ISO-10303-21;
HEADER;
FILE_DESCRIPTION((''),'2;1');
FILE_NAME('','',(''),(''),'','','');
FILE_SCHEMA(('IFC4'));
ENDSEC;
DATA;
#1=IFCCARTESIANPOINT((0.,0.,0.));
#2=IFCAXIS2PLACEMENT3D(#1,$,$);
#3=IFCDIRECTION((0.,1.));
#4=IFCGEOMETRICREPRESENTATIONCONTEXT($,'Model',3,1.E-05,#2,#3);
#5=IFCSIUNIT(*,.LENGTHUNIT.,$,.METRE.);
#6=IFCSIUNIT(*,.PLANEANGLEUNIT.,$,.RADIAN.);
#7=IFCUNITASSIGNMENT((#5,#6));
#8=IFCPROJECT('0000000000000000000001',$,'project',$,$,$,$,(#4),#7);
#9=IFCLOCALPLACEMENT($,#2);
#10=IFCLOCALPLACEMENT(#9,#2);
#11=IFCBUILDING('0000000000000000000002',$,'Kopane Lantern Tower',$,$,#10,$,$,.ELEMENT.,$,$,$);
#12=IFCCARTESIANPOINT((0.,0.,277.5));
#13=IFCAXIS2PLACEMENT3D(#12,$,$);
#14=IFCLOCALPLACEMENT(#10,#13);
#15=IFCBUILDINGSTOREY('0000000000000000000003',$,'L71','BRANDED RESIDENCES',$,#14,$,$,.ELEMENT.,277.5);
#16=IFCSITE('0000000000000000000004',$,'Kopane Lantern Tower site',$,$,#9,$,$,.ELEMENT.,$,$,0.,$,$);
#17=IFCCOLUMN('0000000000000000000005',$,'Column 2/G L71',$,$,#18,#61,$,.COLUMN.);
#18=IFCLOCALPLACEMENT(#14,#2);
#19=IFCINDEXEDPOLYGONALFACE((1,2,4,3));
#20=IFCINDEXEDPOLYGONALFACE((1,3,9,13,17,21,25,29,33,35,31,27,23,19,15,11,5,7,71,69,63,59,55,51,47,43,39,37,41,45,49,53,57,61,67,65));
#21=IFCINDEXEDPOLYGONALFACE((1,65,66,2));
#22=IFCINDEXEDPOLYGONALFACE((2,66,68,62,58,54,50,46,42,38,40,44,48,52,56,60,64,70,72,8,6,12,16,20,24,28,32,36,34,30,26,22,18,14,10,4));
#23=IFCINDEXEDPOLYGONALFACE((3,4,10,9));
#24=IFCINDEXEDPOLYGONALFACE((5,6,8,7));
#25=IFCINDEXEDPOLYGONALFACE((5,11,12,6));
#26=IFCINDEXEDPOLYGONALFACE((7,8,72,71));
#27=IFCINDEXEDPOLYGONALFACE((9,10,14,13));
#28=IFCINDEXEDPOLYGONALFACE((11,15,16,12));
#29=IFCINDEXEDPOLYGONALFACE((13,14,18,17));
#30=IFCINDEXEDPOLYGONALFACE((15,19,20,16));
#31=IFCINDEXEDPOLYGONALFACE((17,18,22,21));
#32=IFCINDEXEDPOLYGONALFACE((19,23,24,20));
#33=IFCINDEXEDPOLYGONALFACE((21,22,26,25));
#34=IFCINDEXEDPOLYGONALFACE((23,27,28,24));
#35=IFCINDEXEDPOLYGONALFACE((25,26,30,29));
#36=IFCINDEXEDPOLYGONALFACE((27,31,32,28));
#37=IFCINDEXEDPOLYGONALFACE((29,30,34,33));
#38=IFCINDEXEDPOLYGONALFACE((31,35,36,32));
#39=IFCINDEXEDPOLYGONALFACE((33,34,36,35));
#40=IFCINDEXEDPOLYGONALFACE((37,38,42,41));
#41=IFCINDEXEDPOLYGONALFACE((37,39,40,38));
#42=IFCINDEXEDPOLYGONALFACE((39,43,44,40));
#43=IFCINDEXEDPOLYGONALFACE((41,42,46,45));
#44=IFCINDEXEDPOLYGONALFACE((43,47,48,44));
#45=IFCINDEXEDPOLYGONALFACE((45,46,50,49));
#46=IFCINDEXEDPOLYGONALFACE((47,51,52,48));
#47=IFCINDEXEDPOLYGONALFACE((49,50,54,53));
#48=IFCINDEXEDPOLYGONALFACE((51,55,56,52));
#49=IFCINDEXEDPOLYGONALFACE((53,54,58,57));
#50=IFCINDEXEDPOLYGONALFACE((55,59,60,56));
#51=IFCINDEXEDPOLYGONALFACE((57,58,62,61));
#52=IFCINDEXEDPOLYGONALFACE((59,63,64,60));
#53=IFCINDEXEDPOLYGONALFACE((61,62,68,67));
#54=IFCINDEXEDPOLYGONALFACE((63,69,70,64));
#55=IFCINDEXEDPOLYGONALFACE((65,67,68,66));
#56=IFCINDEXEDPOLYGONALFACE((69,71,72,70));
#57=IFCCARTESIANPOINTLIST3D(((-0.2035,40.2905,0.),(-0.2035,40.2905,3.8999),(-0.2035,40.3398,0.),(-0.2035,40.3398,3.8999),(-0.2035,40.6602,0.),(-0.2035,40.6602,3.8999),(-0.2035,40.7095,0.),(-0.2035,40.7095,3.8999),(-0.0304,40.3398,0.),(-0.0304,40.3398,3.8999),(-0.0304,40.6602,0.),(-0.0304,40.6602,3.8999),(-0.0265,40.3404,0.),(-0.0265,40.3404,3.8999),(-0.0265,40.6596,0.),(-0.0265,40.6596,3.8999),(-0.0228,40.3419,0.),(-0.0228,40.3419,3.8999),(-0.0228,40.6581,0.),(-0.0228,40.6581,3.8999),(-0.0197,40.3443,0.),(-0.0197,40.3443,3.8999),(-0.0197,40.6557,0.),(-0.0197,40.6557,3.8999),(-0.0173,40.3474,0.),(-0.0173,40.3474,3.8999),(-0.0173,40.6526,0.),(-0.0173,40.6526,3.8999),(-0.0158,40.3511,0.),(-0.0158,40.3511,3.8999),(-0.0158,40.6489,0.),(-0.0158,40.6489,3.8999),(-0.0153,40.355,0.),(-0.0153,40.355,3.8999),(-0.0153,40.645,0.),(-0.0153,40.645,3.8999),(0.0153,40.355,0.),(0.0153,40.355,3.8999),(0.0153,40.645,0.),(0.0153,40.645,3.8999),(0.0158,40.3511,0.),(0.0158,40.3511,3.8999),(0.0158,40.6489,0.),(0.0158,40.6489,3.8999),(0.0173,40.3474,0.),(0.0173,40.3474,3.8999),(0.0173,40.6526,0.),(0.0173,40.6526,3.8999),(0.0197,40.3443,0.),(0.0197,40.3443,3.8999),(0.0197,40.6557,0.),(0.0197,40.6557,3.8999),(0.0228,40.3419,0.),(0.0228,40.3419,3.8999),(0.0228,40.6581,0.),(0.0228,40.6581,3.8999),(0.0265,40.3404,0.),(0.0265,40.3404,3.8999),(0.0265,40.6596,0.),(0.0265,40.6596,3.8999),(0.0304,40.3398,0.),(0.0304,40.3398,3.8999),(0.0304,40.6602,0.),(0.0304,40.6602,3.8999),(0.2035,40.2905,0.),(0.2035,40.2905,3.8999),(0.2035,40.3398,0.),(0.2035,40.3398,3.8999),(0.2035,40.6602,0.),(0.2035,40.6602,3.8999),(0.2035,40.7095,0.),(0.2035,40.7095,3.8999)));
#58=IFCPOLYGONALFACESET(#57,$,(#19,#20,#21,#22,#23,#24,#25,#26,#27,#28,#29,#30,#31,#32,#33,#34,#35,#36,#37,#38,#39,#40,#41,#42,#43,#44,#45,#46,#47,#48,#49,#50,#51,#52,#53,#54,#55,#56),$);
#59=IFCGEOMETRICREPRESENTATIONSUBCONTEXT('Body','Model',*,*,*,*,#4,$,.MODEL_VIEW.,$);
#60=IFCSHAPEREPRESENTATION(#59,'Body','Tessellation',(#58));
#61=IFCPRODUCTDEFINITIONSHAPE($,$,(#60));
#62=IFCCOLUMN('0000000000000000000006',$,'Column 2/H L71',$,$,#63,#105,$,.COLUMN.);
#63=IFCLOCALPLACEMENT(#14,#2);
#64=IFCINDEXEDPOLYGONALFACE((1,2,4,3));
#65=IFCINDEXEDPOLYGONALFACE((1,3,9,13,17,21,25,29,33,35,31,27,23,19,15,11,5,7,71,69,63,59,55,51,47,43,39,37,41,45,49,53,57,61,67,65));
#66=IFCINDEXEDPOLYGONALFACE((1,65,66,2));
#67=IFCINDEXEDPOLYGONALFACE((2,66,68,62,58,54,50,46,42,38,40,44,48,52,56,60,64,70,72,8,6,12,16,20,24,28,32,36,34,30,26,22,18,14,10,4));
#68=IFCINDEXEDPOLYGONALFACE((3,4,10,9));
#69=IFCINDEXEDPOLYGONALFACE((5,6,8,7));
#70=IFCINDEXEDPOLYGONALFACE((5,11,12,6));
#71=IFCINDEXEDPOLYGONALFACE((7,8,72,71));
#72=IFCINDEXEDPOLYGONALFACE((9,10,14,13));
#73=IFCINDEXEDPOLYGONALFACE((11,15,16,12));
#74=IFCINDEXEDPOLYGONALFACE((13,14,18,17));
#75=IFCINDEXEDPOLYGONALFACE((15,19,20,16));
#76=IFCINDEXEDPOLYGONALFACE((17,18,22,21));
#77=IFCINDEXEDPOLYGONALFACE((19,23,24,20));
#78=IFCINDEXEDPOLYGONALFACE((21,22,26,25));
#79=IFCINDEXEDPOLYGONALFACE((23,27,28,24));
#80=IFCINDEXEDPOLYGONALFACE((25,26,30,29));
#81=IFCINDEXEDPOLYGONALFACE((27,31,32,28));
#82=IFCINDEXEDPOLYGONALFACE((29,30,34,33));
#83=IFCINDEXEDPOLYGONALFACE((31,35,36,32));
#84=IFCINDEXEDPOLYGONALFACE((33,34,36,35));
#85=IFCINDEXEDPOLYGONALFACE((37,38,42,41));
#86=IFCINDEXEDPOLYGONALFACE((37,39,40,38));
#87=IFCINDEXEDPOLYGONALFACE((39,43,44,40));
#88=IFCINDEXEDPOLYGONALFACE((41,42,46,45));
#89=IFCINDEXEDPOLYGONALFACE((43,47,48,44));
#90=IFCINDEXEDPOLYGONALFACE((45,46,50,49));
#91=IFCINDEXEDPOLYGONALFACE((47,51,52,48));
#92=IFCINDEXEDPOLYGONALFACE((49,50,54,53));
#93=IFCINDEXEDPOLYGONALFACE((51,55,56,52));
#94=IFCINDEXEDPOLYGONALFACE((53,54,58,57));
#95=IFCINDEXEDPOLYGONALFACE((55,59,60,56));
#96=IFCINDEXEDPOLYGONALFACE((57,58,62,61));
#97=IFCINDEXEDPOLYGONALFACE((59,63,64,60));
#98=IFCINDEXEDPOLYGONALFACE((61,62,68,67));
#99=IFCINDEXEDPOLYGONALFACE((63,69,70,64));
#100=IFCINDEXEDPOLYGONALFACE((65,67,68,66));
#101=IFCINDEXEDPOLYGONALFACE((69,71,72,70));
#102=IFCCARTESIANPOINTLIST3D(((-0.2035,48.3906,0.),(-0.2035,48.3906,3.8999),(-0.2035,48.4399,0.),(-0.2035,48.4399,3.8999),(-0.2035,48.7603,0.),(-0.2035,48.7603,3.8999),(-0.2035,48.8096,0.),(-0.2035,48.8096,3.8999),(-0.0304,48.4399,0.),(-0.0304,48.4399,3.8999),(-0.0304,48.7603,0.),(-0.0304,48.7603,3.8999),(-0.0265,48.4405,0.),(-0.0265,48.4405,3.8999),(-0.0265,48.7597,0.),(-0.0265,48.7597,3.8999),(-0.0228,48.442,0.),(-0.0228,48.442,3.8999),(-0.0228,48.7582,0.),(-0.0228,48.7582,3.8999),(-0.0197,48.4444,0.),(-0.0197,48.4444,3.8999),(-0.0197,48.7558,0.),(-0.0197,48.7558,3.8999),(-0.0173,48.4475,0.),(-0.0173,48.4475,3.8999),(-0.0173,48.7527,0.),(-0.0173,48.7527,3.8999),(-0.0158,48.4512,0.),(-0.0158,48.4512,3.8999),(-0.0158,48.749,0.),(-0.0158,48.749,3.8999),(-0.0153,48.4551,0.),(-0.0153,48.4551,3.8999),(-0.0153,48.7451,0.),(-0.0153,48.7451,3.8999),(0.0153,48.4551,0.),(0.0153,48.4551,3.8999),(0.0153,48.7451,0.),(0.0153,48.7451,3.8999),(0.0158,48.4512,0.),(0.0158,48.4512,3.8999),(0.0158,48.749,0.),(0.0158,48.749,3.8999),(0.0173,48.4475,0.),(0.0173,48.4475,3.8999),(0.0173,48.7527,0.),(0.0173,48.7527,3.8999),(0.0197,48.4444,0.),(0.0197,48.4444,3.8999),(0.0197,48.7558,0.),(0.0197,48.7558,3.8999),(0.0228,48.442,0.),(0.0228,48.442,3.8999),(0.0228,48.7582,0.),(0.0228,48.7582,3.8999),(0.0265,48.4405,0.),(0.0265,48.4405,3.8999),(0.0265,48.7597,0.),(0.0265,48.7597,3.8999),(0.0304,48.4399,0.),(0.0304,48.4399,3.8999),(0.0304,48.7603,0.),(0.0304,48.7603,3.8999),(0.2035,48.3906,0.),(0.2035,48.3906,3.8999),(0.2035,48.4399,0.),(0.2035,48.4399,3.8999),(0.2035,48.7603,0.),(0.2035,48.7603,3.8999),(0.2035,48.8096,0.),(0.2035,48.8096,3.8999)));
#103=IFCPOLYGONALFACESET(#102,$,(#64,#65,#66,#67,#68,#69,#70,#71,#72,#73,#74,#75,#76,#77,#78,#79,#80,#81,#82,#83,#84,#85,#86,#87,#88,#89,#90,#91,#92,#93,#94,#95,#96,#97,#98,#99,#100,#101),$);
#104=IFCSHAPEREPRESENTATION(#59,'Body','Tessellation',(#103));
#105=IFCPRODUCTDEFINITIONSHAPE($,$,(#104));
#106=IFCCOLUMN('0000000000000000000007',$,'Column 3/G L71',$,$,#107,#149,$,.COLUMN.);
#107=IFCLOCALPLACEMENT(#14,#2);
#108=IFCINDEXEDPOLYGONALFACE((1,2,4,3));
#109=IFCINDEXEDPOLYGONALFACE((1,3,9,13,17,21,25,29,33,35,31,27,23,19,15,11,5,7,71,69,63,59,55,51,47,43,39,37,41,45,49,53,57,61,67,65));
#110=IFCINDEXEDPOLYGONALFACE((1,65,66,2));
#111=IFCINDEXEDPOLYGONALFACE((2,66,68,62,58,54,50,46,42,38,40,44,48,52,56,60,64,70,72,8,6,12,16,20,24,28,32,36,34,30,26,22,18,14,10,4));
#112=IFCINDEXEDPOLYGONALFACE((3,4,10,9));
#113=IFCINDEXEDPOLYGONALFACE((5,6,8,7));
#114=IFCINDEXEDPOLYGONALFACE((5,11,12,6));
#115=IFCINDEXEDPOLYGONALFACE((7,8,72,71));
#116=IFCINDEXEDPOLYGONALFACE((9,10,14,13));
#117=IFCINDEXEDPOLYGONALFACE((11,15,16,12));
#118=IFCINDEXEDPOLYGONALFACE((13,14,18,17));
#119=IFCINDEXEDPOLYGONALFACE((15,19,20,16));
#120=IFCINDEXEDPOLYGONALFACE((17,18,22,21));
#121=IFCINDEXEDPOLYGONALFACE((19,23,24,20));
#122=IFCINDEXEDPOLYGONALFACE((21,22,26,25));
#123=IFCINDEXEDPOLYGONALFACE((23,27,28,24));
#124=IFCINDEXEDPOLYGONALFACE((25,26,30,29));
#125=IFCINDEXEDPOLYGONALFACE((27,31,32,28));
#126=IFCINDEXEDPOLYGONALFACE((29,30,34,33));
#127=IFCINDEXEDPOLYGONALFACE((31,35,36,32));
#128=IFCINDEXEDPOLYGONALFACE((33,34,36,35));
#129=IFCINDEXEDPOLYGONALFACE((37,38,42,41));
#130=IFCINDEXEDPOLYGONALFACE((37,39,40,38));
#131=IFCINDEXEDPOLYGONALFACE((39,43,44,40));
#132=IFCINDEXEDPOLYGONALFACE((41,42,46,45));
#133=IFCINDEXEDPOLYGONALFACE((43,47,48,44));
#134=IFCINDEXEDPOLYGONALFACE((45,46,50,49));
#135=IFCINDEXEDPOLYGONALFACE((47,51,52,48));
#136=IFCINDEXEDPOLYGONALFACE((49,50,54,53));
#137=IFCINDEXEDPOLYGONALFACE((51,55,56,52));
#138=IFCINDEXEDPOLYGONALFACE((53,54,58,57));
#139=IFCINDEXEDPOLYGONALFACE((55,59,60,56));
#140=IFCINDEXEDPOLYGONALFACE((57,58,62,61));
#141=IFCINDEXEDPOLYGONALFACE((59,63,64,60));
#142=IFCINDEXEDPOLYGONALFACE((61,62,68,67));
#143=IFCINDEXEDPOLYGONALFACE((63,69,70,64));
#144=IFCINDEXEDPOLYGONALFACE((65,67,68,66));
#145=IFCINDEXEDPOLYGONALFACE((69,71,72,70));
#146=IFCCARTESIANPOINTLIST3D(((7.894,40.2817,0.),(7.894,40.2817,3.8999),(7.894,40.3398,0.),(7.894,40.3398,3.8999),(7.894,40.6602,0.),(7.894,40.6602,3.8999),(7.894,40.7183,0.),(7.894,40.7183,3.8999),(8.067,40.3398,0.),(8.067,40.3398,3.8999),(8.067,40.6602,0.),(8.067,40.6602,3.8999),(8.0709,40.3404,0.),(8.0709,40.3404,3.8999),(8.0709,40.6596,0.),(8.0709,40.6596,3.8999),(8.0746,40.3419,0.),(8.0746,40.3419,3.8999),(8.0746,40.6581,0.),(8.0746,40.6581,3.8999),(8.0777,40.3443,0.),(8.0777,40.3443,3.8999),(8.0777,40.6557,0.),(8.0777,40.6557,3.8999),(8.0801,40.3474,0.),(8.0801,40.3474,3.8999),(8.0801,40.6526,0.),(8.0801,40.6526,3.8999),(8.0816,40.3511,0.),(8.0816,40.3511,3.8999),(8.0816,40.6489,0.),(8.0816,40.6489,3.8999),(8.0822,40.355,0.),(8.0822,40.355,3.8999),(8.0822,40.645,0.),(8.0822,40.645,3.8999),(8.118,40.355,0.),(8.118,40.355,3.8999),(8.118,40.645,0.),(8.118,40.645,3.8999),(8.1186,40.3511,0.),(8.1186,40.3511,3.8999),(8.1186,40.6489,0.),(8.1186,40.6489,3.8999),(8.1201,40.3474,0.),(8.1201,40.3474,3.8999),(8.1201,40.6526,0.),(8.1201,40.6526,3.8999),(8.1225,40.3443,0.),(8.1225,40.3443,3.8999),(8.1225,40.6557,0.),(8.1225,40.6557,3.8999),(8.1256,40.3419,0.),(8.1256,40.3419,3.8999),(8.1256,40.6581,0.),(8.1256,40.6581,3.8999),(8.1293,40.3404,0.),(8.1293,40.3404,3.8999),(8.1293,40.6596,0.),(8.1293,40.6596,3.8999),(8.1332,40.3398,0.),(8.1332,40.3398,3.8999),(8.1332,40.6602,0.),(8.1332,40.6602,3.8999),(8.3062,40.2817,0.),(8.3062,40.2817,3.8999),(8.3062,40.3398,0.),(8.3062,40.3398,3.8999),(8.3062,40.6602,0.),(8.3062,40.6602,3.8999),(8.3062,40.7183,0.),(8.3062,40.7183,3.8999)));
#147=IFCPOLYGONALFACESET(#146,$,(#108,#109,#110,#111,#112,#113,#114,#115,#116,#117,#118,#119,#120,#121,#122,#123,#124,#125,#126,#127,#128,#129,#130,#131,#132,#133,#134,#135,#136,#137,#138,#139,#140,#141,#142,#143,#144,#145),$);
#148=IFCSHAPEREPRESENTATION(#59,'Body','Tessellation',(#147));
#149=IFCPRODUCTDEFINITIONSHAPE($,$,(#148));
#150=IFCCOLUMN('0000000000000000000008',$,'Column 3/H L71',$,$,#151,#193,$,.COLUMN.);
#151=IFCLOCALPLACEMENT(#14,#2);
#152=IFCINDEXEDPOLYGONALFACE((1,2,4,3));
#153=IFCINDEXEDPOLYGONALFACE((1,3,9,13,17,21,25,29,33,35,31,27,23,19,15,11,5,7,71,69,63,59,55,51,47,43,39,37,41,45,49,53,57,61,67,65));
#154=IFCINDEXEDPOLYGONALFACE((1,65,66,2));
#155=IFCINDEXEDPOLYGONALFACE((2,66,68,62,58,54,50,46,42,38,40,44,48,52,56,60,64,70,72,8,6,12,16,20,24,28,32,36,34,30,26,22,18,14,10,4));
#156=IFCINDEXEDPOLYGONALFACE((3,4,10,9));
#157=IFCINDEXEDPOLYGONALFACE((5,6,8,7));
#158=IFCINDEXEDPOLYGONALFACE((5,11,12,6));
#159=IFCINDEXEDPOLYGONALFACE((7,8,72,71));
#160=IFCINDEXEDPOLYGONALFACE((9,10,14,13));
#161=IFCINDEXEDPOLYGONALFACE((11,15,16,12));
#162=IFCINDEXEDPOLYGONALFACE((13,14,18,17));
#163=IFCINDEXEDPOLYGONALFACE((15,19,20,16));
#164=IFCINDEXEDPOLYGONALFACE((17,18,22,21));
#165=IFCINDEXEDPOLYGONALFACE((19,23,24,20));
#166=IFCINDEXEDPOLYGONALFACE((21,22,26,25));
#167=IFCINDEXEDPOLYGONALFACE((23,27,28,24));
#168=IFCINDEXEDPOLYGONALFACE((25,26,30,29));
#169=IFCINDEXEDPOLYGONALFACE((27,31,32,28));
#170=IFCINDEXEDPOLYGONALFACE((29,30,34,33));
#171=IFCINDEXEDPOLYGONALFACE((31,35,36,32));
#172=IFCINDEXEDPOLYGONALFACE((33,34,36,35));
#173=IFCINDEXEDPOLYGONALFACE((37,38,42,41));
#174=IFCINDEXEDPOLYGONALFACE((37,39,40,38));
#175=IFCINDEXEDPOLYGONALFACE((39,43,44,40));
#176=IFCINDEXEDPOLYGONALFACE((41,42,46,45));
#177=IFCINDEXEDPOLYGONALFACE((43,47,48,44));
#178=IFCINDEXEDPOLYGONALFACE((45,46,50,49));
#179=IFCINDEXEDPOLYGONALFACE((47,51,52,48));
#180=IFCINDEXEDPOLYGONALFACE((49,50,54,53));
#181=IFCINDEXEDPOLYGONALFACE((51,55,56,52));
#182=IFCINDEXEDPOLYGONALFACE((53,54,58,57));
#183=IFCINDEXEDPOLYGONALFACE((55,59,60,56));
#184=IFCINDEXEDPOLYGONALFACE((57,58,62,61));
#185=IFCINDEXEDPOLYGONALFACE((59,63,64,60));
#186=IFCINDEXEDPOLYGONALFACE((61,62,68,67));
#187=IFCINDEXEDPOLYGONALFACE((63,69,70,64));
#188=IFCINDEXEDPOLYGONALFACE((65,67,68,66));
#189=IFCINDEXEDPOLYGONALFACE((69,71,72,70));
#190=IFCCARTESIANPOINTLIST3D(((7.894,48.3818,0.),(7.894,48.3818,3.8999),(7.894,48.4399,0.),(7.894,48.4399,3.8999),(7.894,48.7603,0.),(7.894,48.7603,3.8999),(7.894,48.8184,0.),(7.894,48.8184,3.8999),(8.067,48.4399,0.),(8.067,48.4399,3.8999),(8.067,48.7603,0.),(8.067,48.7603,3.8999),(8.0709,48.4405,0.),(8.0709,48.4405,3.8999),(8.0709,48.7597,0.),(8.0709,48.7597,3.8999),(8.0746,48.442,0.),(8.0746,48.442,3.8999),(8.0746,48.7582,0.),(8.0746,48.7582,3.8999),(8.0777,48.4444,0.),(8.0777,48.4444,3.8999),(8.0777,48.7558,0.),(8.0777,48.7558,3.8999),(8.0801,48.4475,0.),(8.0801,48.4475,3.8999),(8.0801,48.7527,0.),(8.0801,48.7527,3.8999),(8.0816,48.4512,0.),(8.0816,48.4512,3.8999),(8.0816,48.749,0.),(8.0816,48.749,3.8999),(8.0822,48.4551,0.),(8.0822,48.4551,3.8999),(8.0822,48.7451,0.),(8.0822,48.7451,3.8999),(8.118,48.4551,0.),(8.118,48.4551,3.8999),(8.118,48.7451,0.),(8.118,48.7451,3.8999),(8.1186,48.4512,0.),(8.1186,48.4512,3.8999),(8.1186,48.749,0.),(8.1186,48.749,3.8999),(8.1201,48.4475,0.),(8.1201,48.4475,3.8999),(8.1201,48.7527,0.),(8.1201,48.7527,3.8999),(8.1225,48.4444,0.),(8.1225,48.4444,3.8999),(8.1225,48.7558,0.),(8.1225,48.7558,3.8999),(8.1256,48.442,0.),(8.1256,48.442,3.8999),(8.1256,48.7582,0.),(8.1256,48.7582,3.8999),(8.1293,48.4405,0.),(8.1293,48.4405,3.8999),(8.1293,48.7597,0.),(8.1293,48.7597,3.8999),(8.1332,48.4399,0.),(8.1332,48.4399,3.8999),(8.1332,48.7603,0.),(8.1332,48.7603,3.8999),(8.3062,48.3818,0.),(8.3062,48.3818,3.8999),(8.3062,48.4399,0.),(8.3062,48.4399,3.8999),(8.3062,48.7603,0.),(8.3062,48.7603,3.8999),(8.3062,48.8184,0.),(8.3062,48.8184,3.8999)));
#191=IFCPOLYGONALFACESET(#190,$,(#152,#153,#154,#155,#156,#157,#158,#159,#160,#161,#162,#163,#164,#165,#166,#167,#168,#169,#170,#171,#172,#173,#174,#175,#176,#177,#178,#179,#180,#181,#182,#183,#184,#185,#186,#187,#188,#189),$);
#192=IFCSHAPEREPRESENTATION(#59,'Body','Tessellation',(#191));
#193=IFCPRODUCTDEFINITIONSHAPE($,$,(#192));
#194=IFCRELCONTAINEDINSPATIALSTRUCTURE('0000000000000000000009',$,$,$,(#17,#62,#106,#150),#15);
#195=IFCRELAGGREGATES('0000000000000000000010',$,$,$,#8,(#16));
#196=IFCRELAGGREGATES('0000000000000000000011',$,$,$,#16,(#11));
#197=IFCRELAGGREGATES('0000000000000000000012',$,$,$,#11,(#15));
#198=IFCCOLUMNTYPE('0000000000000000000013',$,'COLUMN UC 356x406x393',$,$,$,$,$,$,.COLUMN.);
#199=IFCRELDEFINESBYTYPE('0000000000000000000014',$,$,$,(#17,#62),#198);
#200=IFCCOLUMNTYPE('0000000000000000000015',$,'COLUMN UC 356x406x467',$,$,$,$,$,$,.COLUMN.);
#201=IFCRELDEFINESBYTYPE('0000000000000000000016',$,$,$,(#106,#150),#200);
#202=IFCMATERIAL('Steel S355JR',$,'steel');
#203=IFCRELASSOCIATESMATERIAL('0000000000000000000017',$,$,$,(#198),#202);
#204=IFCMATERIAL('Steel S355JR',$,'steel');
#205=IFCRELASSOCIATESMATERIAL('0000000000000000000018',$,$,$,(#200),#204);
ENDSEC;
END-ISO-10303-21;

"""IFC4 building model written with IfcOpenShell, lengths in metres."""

from ifc_helpers import new_model, si_unit, direction, frame, origin, origin_2d, place, context, subcontext, project, spatial, i_section, extrude, material, material_profile, profile_set, type_object, element, save


model = new_model("IFC4")

# Units and contexts
model_context = context("Model", 3, precision=1e-05, world=origin(), true_north=direction((0.0, 1.0)))
body_context = subcontext(model_context, "Body", "Model", "MODEL_VIEW")
ifc_project = project(units=[si_unit("LENGTHUNIT", "METRE"), si_unit("PLANEANGLEUNIT", "RADIAN")], contexts=[model_context])

# Site, building, storey
site_placement = place(None, origin())
site = spatial("IfcSite", under=ifc_project, at=site_placement, Name="Kopane Lantern Tower site", CompositionType="ELEMENT", RefElevation=0.0)
building_placement = place(site_placement, origin())
building = spatial("IfcBuilding", under=site, at=building_placement, Name="Kopane Lantern Tower", CompositionType="ELEMENT")
storey_placement = place(building_placement, frame((0.0, 0.0, 277.5)))
storey = spatial("IfcBuildingStorey", under=building, at=storey_placement, Name="L71", Description="BRANDED RESIDENCES", CompositionType="ELEMENT", Elevation=277.5)

# Columns
ifc_material_1 = material(Name="Steel S355JR", Category="steel")
ifc_material_profile_1 = material_profile(ifc_material_1, i_section(OverallWidth=0.407, OverallDepth=0.4189, WebThickness=0.0305, FlangeThickness=0.0493, FilletRadius=0.0151, at=origin_2d()), Name="UC 356x406x393")
ifc_profile_set_1 = profile_set([ifc_material_profile_1], Name="Steel S355JR")
column_type_1 = type_object("IfcColumnType", Name="COLUMN UC 356x406x393", PredefinedType="COLUMN", material=ifc_profile_set_1)
for number, where, z_axis, x_axis, name in (
    (1, (0.0, 40.5, 0.0), (0.0, 0.0, 1.0), (1.0, 0.0, 0.0), "Column 2/G L71"),
    (2, (0.0, 48.6001, 0.0), (0.0, 0.0, 1.0), (1.0, 0.0, 0.0), "Column 2/H L71"),
):
    element("IfcColumn", number, at=place(storey_placement, frame(where, z_axis=z_axis, x_axis=x_axis)), inside=storey, type_object=column_type_1, Name=name, PredefinedType="COLUMN", context=body_context, shape_type="SweptSolid", body=[
        extrude(i_section(OverallWidth=0.407, OverallDepth=0.4189, WebThickness=0.0305, FlangeThickness=0.0493, FilletRadius=0.0151, at=origin_2d()), origin(), (0.0, 0.0, 1.0), 3.8999),
    ])
ifc_material_2 = material(Name="Steel S355JR", Category="steel")
ifc_material_profile_2 = material_profile(ifc_material_2, i_section(OverallWidth=0.4121, OverallDepth=0.4365, WebThickness=0.0359, FlangeThickness=0.0581, FilletRadius=0.0151, at=origin_2d()), Name="UC 356x406x467")
ifc_profile_set_2 = profile_set([ifc_material_profile_2], Name="Steel S355JR")
column_type_2 = type_object("IfcColumnType", Name="COLUMN UC 356x406x467", PredefinedType="COLUMN", material=ifc_profile_set_2)
for number, where, z_axis, x_axis, name in (
    (3, (8.1001, 40.5, 0.0), (0.0, 0.0, 1.0), (1.0, 0.0, 0.0), "Column 3/G L71"),
    (4, (8.1001, 48.6001, 0.0), (0.0, 0.0, 1.0), (1.0, 0.0, 0.0), "Column 3/H L71"),
):
    element("IfcColumn", number, at=place(storey_placement, frame(where, z_axis=z_axis, x_axis=x_axis)), inside=storey, type_object=column_type_2, Name=name, PredefinedType="COLUMN", context=body_context, shape_type="SweptSolid", body=[
        extrude(i_section(OverallWidth=0.4121, OverallDepth=0.4365, WebThickness=0.0359, FlangeThickness=0.0581, FilletRadius=0.0151, at=origin_2d()), origin(), (0.0, 0.0, 1.0), 3.8999),
    ])

save(model, "model.ifc")
